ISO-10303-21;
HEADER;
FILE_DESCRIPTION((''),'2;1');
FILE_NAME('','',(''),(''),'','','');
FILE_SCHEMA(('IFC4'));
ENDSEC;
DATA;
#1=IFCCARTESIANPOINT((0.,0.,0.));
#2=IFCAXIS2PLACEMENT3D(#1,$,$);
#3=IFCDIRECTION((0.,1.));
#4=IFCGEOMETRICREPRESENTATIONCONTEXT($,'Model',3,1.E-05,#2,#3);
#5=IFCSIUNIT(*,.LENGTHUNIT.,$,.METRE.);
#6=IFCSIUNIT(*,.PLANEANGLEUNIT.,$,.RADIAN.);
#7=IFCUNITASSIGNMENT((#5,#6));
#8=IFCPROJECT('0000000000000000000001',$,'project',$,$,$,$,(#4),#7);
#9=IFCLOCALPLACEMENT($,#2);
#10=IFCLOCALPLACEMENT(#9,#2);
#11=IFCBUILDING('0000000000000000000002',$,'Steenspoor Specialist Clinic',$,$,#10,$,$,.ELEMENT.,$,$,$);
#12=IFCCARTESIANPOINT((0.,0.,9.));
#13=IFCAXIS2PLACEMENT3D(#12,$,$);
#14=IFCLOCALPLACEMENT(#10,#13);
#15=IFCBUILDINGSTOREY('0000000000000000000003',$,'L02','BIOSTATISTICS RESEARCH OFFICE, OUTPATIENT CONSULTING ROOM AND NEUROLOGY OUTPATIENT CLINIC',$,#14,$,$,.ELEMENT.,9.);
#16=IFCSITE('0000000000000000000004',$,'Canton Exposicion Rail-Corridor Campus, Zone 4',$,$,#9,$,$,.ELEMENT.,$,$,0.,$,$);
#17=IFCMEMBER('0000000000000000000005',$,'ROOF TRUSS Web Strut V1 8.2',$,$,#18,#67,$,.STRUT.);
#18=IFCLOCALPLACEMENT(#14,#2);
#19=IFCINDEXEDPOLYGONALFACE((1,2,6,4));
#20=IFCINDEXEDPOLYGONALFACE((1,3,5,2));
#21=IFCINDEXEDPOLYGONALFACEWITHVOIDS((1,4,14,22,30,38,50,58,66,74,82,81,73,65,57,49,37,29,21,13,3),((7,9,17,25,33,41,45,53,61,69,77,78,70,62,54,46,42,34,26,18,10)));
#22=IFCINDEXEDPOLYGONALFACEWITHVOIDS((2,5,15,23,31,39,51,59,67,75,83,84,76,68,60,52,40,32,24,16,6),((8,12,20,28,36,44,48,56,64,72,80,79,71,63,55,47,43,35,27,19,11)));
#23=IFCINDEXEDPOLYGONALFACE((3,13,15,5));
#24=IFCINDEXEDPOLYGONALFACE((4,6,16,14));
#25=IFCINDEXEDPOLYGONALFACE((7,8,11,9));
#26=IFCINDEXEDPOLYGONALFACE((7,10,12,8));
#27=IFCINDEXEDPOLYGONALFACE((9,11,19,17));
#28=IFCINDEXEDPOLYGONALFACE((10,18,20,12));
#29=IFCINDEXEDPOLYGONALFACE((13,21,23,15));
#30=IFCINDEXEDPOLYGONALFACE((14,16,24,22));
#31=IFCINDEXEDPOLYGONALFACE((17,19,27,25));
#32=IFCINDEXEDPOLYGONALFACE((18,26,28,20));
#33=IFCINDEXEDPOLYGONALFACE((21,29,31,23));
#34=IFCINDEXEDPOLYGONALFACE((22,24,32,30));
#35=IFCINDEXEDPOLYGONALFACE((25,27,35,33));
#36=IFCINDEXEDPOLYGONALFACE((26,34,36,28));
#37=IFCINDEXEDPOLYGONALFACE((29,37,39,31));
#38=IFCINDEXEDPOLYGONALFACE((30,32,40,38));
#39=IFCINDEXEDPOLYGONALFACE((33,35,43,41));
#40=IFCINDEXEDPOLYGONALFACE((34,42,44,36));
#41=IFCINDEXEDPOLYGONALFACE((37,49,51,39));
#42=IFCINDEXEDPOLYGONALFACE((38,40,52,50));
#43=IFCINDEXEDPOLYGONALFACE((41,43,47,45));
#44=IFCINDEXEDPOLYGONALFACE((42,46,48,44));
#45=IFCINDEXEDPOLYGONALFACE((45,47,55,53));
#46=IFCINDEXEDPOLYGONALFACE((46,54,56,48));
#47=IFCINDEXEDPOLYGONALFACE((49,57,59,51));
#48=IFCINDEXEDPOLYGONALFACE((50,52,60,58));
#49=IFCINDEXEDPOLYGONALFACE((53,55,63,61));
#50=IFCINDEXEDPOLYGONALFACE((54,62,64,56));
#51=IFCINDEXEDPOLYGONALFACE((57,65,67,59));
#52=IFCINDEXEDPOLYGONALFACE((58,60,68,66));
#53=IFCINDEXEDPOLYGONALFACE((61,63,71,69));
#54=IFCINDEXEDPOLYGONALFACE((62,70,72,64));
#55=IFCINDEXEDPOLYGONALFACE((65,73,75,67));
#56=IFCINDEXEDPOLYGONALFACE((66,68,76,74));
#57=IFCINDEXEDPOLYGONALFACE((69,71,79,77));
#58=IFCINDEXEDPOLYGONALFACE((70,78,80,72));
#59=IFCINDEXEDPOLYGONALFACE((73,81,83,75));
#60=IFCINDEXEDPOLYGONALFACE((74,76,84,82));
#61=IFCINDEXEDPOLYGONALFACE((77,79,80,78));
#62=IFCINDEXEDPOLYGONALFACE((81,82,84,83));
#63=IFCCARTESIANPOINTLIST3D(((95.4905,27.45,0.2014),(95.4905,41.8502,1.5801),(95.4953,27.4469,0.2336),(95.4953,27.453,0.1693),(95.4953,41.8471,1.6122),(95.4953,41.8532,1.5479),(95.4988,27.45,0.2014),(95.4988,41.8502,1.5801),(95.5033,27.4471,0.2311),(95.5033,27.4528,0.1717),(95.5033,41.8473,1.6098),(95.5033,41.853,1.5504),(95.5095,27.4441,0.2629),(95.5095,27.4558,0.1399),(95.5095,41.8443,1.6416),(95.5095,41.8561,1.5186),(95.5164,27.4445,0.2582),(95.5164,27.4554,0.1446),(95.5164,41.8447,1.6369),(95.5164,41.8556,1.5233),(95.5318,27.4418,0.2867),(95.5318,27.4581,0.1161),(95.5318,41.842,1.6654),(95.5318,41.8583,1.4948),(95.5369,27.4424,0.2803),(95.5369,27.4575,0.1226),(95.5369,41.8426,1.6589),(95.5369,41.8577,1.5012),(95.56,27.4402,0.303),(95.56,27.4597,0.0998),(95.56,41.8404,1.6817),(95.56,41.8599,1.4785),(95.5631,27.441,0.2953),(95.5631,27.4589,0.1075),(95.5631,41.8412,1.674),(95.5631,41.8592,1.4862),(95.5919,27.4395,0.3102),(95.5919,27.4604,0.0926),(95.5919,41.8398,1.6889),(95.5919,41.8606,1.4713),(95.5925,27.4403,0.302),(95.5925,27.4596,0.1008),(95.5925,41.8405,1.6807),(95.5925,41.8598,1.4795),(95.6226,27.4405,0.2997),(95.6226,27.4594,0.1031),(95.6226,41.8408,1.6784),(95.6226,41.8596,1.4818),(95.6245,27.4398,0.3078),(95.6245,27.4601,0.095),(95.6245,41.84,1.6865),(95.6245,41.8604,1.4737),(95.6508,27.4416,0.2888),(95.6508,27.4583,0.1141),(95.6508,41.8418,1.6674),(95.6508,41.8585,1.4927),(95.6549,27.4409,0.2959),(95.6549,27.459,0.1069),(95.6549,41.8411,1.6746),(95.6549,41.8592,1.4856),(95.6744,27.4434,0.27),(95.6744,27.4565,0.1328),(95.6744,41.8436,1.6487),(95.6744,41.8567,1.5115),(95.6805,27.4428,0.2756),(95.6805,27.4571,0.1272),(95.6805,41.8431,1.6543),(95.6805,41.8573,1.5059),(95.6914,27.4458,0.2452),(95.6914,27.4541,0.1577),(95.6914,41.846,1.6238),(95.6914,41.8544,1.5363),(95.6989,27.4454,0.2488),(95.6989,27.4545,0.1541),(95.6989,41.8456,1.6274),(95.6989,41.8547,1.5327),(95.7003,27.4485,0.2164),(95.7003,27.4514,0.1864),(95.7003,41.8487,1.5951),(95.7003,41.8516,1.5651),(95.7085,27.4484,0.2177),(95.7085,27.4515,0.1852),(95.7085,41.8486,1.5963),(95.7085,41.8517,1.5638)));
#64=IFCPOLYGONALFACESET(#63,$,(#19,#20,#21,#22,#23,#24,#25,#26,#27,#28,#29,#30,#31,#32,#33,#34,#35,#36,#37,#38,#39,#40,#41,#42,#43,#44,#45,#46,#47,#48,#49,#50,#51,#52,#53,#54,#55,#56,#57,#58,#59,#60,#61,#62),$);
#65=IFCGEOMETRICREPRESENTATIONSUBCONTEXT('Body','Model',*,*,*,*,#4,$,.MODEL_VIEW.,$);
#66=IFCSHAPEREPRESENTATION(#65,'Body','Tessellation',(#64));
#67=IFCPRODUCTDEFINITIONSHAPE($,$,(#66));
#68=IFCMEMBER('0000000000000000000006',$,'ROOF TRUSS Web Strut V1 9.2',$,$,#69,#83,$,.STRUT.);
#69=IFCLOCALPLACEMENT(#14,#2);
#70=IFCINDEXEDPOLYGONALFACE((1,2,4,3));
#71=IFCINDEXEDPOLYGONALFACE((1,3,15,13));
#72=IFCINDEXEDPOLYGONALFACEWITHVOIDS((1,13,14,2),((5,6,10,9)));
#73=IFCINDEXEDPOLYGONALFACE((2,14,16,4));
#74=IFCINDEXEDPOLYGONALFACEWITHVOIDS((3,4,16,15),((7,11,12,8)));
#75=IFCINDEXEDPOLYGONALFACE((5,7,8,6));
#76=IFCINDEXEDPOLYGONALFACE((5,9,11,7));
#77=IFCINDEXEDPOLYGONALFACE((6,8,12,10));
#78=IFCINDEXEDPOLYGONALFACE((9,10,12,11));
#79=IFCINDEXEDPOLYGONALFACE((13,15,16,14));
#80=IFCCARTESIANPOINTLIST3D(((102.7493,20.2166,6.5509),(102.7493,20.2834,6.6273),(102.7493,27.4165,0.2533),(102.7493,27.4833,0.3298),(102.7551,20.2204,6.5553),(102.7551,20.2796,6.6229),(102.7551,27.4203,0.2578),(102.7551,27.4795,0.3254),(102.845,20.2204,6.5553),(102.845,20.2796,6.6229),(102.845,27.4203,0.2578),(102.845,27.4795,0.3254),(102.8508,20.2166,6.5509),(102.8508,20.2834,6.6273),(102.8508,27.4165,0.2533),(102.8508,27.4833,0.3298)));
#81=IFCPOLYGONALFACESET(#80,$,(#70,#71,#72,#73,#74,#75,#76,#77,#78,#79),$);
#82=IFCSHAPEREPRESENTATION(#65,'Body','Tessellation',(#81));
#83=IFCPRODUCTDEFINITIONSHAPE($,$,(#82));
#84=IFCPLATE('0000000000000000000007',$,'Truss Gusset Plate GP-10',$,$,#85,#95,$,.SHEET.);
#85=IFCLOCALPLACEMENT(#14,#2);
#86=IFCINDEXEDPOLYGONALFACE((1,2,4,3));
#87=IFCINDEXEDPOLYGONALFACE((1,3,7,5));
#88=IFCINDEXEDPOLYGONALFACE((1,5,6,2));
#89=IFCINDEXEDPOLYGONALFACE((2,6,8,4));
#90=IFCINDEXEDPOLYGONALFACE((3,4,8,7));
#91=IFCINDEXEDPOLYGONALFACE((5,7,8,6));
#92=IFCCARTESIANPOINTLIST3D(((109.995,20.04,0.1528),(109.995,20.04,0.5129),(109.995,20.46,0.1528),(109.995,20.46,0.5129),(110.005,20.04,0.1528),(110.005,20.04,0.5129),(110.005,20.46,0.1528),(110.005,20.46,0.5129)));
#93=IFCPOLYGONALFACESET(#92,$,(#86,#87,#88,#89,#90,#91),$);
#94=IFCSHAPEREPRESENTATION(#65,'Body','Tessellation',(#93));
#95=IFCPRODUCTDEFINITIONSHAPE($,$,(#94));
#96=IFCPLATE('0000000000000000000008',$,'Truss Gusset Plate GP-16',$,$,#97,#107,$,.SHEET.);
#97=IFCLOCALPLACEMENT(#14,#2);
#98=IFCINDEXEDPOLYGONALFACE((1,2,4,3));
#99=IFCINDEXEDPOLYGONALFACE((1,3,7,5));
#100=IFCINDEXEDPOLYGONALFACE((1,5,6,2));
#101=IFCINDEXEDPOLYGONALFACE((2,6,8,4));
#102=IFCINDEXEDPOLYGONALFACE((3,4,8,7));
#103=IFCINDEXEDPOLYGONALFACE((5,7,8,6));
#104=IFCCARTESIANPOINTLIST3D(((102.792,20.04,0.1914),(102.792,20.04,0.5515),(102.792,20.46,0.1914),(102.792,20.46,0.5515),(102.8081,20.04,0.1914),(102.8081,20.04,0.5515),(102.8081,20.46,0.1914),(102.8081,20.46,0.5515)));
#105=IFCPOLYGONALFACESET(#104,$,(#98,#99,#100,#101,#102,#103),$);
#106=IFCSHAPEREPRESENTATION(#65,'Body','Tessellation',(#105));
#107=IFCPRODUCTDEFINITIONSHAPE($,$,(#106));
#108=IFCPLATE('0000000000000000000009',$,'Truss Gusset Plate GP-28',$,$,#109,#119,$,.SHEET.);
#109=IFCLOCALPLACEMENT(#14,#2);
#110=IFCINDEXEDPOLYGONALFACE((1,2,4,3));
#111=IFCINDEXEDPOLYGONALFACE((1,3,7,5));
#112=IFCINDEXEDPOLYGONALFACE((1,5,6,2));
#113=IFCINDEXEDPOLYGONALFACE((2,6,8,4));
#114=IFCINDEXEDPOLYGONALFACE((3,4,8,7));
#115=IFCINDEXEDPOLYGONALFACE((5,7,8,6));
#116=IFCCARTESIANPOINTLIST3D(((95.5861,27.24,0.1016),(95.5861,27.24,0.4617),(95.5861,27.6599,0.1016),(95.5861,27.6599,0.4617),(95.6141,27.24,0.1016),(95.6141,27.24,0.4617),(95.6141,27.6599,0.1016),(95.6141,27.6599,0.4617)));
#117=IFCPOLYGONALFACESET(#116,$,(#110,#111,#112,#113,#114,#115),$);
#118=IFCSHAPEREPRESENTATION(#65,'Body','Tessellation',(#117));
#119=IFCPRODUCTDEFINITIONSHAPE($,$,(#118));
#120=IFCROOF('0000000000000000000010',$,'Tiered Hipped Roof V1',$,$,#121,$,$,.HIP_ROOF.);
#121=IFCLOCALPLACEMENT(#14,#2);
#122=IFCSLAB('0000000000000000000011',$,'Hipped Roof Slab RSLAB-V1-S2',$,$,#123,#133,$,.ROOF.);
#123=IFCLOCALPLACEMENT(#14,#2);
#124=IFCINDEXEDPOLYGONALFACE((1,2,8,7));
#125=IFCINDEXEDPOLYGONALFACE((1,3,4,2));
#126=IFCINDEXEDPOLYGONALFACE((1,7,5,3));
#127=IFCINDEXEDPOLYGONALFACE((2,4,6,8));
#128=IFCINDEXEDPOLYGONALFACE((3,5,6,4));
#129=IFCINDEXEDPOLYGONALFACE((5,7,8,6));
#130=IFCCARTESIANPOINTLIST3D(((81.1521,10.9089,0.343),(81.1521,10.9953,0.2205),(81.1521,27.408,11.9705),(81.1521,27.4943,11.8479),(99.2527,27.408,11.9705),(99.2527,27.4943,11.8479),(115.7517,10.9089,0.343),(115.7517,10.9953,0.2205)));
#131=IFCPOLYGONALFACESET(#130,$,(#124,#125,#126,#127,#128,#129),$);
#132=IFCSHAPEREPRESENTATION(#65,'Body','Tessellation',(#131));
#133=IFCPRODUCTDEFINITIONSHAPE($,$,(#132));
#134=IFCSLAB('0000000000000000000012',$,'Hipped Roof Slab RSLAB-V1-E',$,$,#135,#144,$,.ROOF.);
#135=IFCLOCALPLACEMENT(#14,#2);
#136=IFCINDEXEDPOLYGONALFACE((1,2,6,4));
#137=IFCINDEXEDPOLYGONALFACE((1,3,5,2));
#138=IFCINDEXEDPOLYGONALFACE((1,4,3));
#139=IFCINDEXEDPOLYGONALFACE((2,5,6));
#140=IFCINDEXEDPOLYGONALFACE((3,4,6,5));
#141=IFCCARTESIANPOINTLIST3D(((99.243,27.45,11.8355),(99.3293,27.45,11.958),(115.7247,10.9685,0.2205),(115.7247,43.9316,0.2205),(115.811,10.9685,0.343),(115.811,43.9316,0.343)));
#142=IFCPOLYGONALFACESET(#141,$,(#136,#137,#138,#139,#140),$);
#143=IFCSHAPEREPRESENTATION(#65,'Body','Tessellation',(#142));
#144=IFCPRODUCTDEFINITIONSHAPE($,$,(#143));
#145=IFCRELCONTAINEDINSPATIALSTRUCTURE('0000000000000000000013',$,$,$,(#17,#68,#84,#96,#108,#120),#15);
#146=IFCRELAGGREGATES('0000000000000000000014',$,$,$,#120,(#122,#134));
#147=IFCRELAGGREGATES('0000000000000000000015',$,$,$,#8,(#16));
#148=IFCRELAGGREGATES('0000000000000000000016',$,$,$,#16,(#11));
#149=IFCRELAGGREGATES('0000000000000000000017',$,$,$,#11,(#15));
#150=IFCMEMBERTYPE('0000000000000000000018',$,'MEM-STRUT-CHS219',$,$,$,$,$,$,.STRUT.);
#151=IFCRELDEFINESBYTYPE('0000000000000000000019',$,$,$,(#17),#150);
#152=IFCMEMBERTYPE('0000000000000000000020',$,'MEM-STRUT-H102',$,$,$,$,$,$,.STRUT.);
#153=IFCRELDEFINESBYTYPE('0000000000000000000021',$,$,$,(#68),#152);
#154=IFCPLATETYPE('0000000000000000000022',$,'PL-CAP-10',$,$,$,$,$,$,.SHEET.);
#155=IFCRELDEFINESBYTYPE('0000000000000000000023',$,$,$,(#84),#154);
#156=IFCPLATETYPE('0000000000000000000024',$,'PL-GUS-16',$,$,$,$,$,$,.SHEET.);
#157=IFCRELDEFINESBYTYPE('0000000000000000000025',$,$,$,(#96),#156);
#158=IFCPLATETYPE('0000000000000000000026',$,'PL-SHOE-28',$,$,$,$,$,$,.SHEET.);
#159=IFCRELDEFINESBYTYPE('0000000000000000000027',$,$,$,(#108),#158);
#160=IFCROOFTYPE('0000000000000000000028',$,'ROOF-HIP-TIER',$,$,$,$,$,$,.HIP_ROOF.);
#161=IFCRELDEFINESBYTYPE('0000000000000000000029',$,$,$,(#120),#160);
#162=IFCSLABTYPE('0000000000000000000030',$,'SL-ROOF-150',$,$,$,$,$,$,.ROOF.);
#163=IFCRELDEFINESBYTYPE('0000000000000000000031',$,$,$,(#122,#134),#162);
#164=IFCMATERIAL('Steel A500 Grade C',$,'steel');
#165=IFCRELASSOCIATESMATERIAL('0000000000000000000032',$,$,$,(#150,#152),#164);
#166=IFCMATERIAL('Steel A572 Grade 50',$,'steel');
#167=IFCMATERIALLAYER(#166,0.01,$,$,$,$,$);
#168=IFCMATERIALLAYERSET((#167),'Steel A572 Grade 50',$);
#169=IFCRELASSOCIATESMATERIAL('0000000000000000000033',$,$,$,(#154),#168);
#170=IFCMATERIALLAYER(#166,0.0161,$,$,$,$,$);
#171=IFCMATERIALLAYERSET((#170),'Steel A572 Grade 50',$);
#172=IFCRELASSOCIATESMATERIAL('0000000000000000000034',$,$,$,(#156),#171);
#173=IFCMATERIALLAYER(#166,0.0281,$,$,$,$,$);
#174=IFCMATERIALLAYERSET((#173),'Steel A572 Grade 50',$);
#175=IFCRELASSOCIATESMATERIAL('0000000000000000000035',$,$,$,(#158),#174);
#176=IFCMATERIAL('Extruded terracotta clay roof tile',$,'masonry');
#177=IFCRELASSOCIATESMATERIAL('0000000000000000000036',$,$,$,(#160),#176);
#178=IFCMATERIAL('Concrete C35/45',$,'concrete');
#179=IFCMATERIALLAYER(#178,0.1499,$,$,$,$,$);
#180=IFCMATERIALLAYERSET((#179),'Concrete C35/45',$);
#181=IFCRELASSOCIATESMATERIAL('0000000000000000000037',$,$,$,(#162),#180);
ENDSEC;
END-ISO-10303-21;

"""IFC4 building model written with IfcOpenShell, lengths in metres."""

from ifc_helpers import new_model, si_unit, direction, frame, origin, origin_2d, place, context, subcontext, project, spatial, polyline, rectangle, hollow_rectangle, hollow_circle, outline, extrude, material, layer, layer_set, material_profile, profile_set, type_object, element, aggregate, save


model = new_model("IFC4")

# Units and contexts
model_context = context("Model", 3, precision=1e-05, world=origin(), true_north=direction((0.0, 1.0)))
body_context = subcontext(model_context, "Body", "Model", "MODEL_VIEW")
ifc_project = project(units=[si_unit("LENGTHUNIT", "METRE"), si_unit("PLANEANGLEUNIT", "RADIAN")], contexts=[model_context])

# Site, building, storey
site_placement = place(None, origin())
site = spatial("IfcSite", under=ifc_project, at=site_placement, Name="Canton Exposicion Rail-Corridor Campus, Zone 4", CompositionType="ELEMENT", RefElevation=0.0)
building_placement = place(site_placement, origin())
building = spatial("IfcBuilding", under=site, at=building_placement, Name="Steenspoor Specialist Clinic", CompositionType="ELEMENT")
storey_placement = place(building_placement, frame((0.0, 0.0, 9.0)))
storey = spatial("IfcBuildingStorey", under=building, at=storey_placement, Name="L02", Description="BIOSTATISTICS RESEARCH OFFICE, OUTPATIENT CONSULTING ROOM AND NEUROLOGY OUTPATIENT CLINIC", CompositionType="ELEMENT", Elevation=9.0)

# Members
ifc_material_1 = material(Name="Steel A500 Grade C", Category="steel")
ifc_material_profile_1 = material_profile(ifc_material_1, hollow_circle(Radius=0.1096, WallThickness=0.0083, at=origin_2d()), Name="CHS219X8.2")
ifc_profile_set_1 = profile_set([ifc_material_profile_1], Name="Steel A500 Grade C")
member_type_1 = type_object("IfcMemberType", Name="MEM-STRUT-CHS219", PredefinedType="STRUT", material=ifc_profile_set_1)
member_1_placement = place(storey_placement, frame((95.6001, 27.45, 0.2014), z_axis=(0.0, 0.995448, 0.095304), x_axis=(-1.0, 0.0, 0.0)))
element("IfcMember", 1, at=member_1_placement, inside=storey, type_object=member_type_1, Name="ROOF TRUSS Web Strut V1 8.2", PredefinedType="STRUT", context=body_context, shape_type="SweptSolid", body=[
    extrude(hollow_circle(Radius=0.1096, WallThickness=0.0083, at=origin_2d()), origin(), (0.0, 0.0, 1.0), 14.4661),
])
ifc_material_profile_2 = material_profile(ifc_material_1, hollow_rectangle(XDim=0.1016, YDim=0.1016, WallThickness=0.0059, at=origin_2d()), Name="HSS102X102X6.4")
ifc_profile_set_2 = profile_set([ifc_material_profile_2], Name="Steel A500 Grade C")
member_type_2 = type_object("IfcMemberType", Name="MEM-STRUT-H102", PredefinedType="STRUT", material=ifc_profile_set_2)
member_2_placement = place(storey_placement, frame((102.8, 20.25, 6.5891), z_axis=(0.0, 0.752698, -0.658365), x_axis=(-1.0, 0.0, 0.0)))
element("IfcMember", 2, at=member_2_placement, inside=storey, type_object=member_type_2, Name="ROOF TRUSS Web Strut V1 9.2", PredefinedType="STRUT", context=body_context, shape_type="SweptSolid", body=[
    extrude(hollow_rectangle(XDim=0.1016, YDim=0.1016, WallThickness=0.0059, at=origin_2d()), origin(), (0.0, 0.0, 1.0), 9.5654),
])

# Plates
ifc_material_2 = material(Name="Steel A572 Grade 50", Category="steel")
ifc_layer_1 = layer(ifc_material_2, 0.01)
ifc_layer_set_1 = layer_set([ifc_layer_1], Name="Steel A572 Grade 50")
plate_type_1 = type_object("IfcPlateType", Name="PL-CAP-10", PredefinedType="SHEET", material=ifc_layer_set_1)
plate_1_placement = place(storey_placement, frame((110.0, 20.25, 0.1528), z_axis=(0.0, 0.0, 1.0), x_axis=(1.0, 0.0, 0.0)))
element("IfcPlate", 3, at=plate_1_placement, inside=storey, type_object=plate_type_1, Name="Truss Gusset Plate GP-10", PredefinedType="SHEET", context=body_context, shape_type="SweptSolid", body=[
    extrude(rectangle(XDim=0.01, YDim=0.4199, at=origin_2d()), origin(), (0.0, 0.0, 1.0), 0.3601),
])
ifc_layer_2 = layer(ifc_material_2, 0.0161)
ifc_layer_set_2 = layer_set([ifc_layer_2], Name="Steel A572 Grade 50")
plate_type_2 = type_object("IfcPlateType", Name="PL-GUS-16", PredefinedType="SHEET", material=ifc_layer_set_2)
plate_2_placement = place(storey_placement, frame((102.8, 20.25, 0.1914), z_axis=(0.0, 0.0, 1.0), x_axis=(1.0, 0.0, 0.0)))
element("IfcPlate", 4, at=plate_2_placement, inside=storey, type_object=plate_type_2, Name="Truss Gusset Plate GP-16", PredefinedType="SHEET", context=body_context, shape_type="SweptSolid", body=[
    extrude(rectangle(XDim=0.0161, YDim=0.4199, at=origin_2d()), origin(), (0.0, 0.0, 1.0), 0.3601),
])
ifc_layer_3 = layer(ifc_material_2, 0.0281)
ifc_layer_set_3 = layer_set([ifc_layer_3], Name="Steel A572 Grade 50")
plate_type_3 = type_object("IfcPlateType", Name="PL-SHOE-28", PredefinedType="SHEET", material=ifc_layer_set_3)
plate_3_placement = place(storey_placement, frame((95.6001, 27.45, 0.1016), z_axis=(0.0, 0.0, 1.0), x_axis=(1.0, 0.0, 0.0)))
element("IfcPlate", 5, at=plate_3_placement, inside=storey, type_object=plate_type_3, Name="Truss Gusset Plate GP-28", PredefinedType="SHEET", context=body_context, shape_type="SweptSolid", body=[
    extrude(rectangle(XDim=0.0281, YDim=0.4199, at=origin_2d()), origin(), (0.0, 0.0, 1.0), 0.3601),
])

# Roof, slabs
ifc_material_3 = material(Name="Extruded terracotta clay roof tile", Category="masonry")
roof_type = type_object("IfcRoofType", Name="ROOF-HIP-TIER", PredefinedType="HIP_ROOF", material=ifc_material_3)
roof_placement = place(storey_placement, origin())
roof = element("IfcRoof", 6, at=roof_placement, inside=storey, type_object=roof_type, Name="Tiered Hipped Roof V1", PredefinedType="HIP_ROOF")
ifc_material_4 = material(Name="Concrete C35/45", Category="concrete")
ifc_layer_4 = layer(ifc_material_4, 0.1499)
ifc_layer_set_4 = layer_set([ifc_layer_4], Name="Concrete C35/45")
slab_type = type_object("IfcSlabType", Name="SL-ROOF-150", PredefinedType="ROOF", material=ifc_layer_set_4)
slab_1_placement = place(storey_placement, frame((99.2527, 27.408, 11.9705), z_axis=(0.0, -0.576057, 0.817409), x_axis=(-1.0, 0.0, 0.0)))
slab_1 = element("IfcSlab", 7, at=slab_1_placement, type_object=slab_type, Name="Hipped Roof Slab RSLAB-V1-S2", PredefinedType="ROOF", context=body_context, shape_type="SweptSolid", body=[
    extrude(outline(polyline([(0.0, 0.0), (18.1006, 0.0), (18.1006, 20.1845), (-16.499, 20.1845), (0.0, 0.0)])), origin(), (0.0, 0.0, -1.0), 0.1499),
])
slab_2_placement = place(storey_placement, frame((99.3293, 27.45, 11.958), z_axis=(0.576049, 0.0, 0.817415), x_axis=(0.632886, -0.632876, -0.446008)))
slab_2 = element("IfcSlab", 8, at=slab_2_placement, type_object=slab_type, Name="Hipped Roof Slab RSLAB-V1-E", PredefinedType="ROOF", context=body_context, shape_type="SweptSolid", body=[
    extrude(outline(polyline([(0.0, 0.0), (26.0421, 0.0), (5.1805, 25.5218), (0.0, 0.0)])), origin(), (0.0, 0.0, -1.0), 0.1499),
])
aggregate(roof, [slab_1, slab_2])

save(model, "model.ifc")
